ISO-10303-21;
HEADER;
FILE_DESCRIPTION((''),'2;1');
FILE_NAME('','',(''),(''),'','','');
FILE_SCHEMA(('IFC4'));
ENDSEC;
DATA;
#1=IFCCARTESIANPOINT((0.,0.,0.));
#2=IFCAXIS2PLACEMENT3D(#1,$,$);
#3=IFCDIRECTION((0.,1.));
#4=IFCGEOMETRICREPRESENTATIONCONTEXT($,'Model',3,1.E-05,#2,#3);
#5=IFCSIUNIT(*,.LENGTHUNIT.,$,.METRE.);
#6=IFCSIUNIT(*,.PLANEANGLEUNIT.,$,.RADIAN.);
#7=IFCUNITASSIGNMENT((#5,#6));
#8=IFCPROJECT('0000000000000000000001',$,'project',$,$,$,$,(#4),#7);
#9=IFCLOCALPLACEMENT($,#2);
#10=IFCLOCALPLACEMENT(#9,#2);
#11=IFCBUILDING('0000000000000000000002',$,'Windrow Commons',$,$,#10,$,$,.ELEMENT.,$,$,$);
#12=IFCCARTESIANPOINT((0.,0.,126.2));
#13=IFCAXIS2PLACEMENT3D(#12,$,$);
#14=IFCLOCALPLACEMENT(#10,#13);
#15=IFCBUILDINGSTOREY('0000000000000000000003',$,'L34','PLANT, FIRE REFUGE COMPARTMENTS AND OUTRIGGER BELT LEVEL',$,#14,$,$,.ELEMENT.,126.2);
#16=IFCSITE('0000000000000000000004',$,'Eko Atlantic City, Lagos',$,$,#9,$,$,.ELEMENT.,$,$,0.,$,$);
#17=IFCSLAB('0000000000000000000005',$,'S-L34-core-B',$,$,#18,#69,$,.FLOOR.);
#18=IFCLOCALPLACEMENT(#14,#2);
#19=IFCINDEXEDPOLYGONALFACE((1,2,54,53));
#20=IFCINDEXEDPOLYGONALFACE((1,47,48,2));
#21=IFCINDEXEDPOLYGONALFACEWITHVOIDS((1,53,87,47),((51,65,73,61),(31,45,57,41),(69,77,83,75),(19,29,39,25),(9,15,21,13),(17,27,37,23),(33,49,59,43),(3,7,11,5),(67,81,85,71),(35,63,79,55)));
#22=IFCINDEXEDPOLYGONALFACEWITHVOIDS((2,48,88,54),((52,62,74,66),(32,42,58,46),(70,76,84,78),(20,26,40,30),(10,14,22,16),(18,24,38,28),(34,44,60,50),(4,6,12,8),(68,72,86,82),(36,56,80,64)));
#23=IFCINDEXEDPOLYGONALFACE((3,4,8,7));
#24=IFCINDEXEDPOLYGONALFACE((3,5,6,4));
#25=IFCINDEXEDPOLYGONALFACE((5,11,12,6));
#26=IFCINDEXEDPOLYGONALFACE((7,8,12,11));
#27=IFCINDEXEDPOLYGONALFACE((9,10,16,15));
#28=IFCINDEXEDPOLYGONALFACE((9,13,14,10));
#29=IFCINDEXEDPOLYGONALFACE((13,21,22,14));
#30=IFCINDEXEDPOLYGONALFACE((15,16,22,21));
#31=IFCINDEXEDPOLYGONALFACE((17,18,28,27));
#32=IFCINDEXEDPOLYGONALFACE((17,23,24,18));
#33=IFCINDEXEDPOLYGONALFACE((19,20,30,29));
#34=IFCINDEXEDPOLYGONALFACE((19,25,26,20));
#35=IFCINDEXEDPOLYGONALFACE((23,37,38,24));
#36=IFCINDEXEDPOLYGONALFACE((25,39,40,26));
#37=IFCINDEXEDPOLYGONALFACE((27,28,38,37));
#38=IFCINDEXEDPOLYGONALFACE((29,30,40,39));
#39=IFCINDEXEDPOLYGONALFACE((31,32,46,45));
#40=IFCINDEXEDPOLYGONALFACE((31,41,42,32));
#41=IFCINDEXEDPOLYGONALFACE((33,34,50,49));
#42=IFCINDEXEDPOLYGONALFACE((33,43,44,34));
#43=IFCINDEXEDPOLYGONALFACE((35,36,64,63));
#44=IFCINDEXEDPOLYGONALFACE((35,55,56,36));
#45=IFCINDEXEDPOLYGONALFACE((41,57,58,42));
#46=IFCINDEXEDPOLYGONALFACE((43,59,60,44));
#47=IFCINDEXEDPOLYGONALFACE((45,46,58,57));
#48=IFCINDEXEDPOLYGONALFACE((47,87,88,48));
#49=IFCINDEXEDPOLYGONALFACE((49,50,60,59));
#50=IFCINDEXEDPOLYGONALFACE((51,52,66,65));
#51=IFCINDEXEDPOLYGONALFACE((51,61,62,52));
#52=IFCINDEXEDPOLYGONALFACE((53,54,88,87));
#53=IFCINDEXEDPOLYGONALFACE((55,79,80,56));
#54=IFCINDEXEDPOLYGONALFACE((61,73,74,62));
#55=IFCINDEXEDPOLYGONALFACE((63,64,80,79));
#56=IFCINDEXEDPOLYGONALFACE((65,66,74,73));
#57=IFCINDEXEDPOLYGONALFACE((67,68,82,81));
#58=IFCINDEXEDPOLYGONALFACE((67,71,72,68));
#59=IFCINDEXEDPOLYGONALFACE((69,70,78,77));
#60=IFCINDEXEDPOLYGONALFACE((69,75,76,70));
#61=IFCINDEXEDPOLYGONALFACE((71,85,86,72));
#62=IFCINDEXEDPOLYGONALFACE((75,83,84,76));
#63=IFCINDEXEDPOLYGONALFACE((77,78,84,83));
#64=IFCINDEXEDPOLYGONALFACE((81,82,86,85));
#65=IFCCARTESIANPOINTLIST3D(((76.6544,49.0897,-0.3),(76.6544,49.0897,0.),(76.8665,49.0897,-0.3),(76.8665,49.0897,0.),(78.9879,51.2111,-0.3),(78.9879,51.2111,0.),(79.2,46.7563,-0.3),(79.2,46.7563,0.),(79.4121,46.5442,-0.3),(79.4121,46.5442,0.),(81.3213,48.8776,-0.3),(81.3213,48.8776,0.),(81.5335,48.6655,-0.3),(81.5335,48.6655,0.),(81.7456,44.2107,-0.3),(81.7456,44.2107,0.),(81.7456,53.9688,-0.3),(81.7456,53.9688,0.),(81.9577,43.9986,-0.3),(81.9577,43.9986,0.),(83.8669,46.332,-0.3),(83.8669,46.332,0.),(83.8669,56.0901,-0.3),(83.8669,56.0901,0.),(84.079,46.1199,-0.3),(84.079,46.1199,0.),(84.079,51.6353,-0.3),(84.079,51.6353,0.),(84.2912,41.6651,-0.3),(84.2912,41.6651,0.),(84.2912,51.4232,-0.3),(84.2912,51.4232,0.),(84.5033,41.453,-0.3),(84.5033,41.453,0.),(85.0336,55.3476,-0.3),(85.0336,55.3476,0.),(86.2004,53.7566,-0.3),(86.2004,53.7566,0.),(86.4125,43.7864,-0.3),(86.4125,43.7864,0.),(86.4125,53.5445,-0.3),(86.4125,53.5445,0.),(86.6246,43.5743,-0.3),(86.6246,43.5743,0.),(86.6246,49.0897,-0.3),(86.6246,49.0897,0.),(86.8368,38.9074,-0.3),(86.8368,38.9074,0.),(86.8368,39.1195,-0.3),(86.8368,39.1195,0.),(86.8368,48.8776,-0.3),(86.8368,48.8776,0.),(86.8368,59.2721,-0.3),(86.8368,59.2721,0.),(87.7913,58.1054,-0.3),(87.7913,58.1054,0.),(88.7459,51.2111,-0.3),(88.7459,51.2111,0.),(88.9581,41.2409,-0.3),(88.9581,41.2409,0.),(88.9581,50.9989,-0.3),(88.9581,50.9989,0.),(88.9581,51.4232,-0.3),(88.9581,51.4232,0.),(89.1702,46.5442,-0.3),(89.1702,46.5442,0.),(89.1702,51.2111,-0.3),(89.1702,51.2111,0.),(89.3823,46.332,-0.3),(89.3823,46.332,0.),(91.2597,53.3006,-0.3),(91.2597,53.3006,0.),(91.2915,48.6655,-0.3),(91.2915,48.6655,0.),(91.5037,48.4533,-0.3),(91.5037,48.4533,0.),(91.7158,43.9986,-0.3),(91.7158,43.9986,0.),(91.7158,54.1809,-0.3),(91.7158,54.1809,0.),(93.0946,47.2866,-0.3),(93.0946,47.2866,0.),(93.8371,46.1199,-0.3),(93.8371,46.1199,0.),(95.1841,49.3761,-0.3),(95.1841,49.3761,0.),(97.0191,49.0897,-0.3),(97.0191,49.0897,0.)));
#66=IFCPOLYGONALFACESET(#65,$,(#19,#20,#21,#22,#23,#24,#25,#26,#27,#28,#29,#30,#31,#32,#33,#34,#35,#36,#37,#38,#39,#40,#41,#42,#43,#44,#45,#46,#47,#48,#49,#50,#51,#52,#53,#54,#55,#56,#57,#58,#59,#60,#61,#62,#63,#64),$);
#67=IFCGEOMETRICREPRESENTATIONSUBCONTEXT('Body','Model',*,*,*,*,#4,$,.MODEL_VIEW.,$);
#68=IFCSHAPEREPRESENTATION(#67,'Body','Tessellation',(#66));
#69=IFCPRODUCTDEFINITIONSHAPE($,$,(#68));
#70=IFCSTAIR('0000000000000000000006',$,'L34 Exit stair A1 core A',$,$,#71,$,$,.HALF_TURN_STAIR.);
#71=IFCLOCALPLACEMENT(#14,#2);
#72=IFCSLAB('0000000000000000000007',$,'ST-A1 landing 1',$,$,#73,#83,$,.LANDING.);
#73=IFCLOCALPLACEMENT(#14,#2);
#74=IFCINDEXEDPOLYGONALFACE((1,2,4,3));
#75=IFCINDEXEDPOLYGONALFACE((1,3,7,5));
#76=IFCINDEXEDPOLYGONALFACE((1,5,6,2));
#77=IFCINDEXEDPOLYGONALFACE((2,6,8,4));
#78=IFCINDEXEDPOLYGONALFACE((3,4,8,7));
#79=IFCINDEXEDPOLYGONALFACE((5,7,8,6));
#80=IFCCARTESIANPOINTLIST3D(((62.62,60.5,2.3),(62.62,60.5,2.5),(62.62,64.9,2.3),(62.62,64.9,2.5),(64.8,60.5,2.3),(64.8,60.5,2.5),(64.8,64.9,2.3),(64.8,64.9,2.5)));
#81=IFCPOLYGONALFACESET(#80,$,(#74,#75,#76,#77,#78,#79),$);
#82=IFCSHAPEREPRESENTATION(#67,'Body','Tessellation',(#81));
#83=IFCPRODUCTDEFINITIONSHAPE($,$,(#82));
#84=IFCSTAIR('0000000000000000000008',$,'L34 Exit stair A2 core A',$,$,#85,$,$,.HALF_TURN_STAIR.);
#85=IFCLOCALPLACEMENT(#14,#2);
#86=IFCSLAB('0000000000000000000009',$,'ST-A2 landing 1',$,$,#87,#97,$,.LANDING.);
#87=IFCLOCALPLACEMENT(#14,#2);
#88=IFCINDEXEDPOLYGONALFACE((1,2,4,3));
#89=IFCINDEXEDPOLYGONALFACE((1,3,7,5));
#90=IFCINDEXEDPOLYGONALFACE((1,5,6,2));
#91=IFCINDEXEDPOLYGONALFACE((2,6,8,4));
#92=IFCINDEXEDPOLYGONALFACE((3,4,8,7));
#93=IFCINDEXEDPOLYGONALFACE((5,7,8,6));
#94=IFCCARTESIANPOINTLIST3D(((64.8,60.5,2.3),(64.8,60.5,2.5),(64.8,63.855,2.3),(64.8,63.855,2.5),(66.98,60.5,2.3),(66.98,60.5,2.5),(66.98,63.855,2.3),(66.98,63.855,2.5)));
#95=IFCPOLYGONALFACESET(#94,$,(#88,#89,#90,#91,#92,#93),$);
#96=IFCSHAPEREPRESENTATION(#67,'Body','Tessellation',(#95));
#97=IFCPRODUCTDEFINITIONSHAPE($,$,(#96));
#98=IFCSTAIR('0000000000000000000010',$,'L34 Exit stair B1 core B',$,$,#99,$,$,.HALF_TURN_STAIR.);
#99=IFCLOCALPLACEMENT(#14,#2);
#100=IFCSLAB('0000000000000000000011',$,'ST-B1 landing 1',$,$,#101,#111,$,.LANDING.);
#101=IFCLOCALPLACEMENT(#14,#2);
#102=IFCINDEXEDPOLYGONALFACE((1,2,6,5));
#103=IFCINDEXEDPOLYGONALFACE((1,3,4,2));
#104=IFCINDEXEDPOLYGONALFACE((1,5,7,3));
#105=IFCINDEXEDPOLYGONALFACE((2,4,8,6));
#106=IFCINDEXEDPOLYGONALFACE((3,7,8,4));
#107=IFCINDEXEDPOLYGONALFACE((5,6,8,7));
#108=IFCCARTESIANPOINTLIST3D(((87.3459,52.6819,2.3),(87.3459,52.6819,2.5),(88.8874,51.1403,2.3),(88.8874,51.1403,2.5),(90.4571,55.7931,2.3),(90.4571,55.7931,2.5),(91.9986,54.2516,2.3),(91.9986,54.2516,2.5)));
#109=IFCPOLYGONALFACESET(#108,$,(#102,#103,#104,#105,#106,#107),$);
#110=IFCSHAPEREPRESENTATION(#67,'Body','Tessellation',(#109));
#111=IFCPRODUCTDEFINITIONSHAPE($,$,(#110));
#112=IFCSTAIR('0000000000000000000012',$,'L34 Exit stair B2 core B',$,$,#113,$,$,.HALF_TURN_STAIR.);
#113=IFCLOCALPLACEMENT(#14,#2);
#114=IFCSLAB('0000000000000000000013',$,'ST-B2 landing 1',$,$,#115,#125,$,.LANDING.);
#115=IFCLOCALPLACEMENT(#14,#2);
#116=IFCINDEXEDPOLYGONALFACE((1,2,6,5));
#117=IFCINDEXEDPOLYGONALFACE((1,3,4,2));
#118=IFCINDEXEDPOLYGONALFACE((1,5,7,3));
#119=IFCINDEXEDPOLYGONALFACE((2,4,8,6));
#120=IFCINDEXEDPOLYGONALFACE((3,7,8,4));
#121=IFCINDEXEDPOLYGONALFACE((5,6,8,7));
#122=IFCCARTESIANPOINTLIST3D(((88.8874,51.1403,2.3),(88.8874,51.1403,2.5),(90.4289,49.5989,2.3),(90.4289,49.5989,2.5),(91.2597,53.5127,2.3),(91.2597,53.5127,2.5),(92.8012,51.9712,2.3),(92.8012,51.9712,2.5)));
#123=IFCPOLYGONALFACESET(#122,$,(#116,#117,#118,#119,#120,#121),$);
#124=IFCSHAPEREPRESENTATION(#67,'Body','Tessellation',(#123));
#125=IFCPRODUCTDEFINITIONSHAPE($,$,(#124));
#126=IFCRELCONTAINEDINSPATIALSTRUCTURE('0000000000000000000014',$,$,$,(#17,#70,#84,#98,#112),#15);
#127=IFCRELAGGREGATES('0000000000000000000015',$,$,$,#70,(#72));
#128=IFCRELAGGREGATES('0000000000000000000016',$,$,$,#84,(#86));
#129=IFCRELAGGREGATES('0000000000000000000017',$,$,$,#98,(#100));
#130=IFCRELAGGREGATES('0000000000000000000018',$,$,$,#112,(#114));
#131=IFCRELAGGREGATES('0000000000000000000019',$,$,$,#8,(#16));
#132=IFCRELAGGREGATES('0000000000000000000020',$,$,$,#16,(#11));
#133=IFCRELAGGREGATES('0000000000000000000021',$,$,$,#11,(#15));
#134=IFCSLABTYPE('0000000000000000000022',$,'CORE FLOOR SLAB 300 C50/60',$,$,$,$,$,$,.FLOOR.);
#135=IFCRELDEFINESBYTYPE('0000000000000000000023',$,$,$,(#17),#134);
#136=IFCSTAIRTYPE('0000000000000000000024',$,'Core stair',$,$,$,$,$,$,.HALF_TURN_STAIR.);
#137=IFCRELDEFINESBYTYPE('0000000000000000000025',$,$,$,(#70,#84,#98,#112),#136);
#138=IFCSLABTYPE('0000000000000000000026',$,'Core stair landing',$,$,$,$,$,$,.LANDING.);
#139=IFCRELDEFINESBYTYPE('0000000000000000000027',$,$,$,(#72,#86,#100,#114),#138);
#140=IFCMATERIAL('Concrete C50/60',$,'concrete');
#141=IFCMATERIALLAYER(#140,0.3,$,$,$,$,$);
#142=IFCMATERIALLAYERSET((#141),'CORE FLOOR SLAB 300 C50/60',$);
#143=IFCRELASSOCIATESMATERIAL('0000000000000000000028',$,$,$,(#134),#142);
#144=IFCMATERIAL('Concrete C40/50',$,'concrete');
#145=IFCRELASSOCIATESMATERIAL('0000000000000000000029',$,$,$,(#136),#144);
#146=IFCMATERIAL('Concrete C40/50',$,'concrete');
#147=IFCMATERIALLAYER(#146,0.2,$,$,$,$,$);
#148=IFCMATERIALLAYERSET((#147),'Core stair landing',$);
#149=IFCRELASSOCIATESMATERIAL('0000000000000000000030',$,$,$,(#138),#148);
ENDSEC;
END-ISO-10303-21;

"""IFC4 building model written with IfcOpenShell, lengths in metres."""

from ifc_helpers import new_model, si_unit, direction, frame, origin, place, context, subcontext, project, spatial, polyline, outline, extrude, material, layer, layer_set, type_object, element, aggregate, save


model = new_model("IFC4")

# Units and contexts
model_context = context("Model", 3, precision=1e-05, world=origin(), true_north=direction((0.0, 1.0)))
body_context = subcontext(model_context, "Body", "Model", "MODEL_VIEW")
ifc_project = project(units=[si_unit("LENGTHUNIT", "METRE"), si_unit("PLANEANGLEUNIT", "RADIAN")], contexts=[model_context])

# Site, building, storey
site_placement = place(None, origin())
site = spatial("IfcSite", under=ifc_project, at=site_placement, Name="Eko Atlantic City, Lagos", CompositionType="ELEMENT", RefElevation=0.0)
building_placement = place(site_placement, origin())
building = spatial("IfcBuilding", under=site, at=building_placement, Name="Windrow Commons", CompositionType="ELEMENT")
storey_placement = place(building_placement, frame((0.0, 0.0, 126.2)))
storey = spatial("IfcBuildingStorey", under=building, at=storey_placement, Name="L34", Description="PLANT, FIRE REFUGE COMPARTMENTS AND OUTRIGGER BELT LEVEL", CompositionType="ELEMENT", Elevation=126.2)

# Slab, openings
ifc_material_1 = material(Name="Concrete C50/60", Category="concrete")
ifc_layer_1 = layer(ifc_material_1, 0.3)
ifc_layer_set_1 = layer_set([ifc_layer_1], Name="CORE FLOOR SLAB 300 C50/60")
slab_type_1 = type_object("IfcSlabType", Name="CORE FLOOR SLAB 300 C50/60", PredefinedType="FLOOR", material=ifc_layer_set_1)
placement_1 = place(storey_placement, frame((0.0, 0.0, -0.3)))
slab_1 = element("IfcSlab", 1, at=placement_1, inside=storey, type_object=slab_type_1, Name="S-L34-core-B", PredefinedType="FLOOR", context=body_context, shape_type="SweptSolid", body=[
    extrude(outline(polyline([(76.6544, 49.0897), (86.8368, 38.9074), (97.0191, 49.0897), (86.8368, 59.2721), (76.6544, 49.0897)]), holes=[polyline([(76.8665, 49.0897), (79.2, 46.7563), (81.3213, 48.8776), (78.9879, 51.2111), (76.8665, 49.0897)]), polyline([(79.4121, 46.5442), (81.7456, 44.2107), (83.8669, 46.332), (81.5335, 48.6655), (79.4121, 46.5442)]), polyline([(81.9577, 43.9986), (84.2912, 41.6651), (86.4125, 43.7864), (84.079, 46.1199), (81.9577, 43.9986)]), polyline([(84.5033, 41.453), (86.8368, 39.1195), (88.9581, 41.2409), (86.6246, 43.5743), (84.5033, 41.453)]), polyline([(81.7456, 53.9688), (84.079, 51.6353), (86.2004, 53.7566), (83.8669, 56.0901), (81.7456, 53.9688)]), polyline([(84.2912, 51.4232), (86.6246, 49.0897), (88.7459, 51.2111), (86.4125, 53.5445), (84.2912, 51.4232)]), polyline([(86.8368, 48.8776), (89.1702, 46.5442), (91.2915, 48.6655), (88.9581, 50.9989), (86.8368, 48.8776)]), polyline([(89.3823, 46.332), (91.7158, 43.9986), (93.8371, 46.1199), (91.5037, 48.4533), (89.3823, 46.332)]), polyline([(85.0336, 55.3476), (88.9581, 51.4232), (91.7158, 54.1809), (87.7913, 58.1054), (85.0336, 55.3476)]), polyline([(89.1702, 51.2111), (93.0946, 47.2866), (95.1841, 49.3761), (91.2597, 53.3006), (89.1702, 51.2111)])]), origin(), (0.0, 0.0, 1.0), 0.3),
])
opening_1_placement = place(placement_1, origin())
element("IfcOpeningElement", 2, at=opening_1_placement, cuts=slab_1, PredefinedType="OPENING", context=body_context, shape_type="SweptSolid", body=[
    extrude(outline(polyline([(76.8736, 49.0897), (78.9879, 51.204), (81.3142, 48.8776), (79.2, 46.7634), (76.8736, 49.0897)])), origin(), (0.0, 0.0, 1.0), 0.3),
])
opening_2_placement = place(placement_1, origin())
element("IfcOpeningElement", 3, at=opening_2_placement, cuts=slab_1, PredefinedType="OPENING", context=body_context, shape_type="SweptSolid", body=[
    extrude(outline(polyline([(79.4192, 46.5442), (81.5335, 48.6584), (83.8598, 46.332), (81.7456, 44.2178), (79.4192, 46.5442)])), origin(), (0.0, 0.0, 1.0), 0.3),
])
opening_3_placement = place(placement_1, origin())
element("IfcOpeningElement", 4, at=opening_3_placement, cuts=slab_1, PredefinedType="OPENING", context=body_context, shape_type="SweptSolid", body=[
    extrude(outline(polyline([(81.9648, 43.9986), (84.079, 46.1128), (86.4054, 43.7864), (84.2912, 41.6722), (81.9648, 43.9986)])), origin(), (0.0, 0.0, 1.0), 0.3),
])
opening_4_placement = place(placement_1, origin())
element("IfcOpeningElement", 5, at=opening_4_placement, cuts=slab_1, PredefinedType="OPENING", context=body_context, shape_type="SweptSolid", body=[
    extrude(outline(polyline([(84.5104, 41.453), (86.6246, 43.5672), (88.951, 41.2409), (86.8368, 39.1266), (84.5104, 41.453)])), origin(), (0.0, 0.0, 1.0), 0.3),
])
opening_5_placement = place(placement_1, origin())
element("IfcOpeningElement", 6, at=opening_5_placement, cuts=slab_1, PredefinedType="OPENING", context=body_context, shape_type="SweptSolid", body=[
    extrude(outline(polyline([(81.7527, 53.9688), (83.8669, 56.083), (86.1933, 53.7566), (84.079, 51.6424), (81.7527, 53.9688)])), origin(), (0.0, 0.0, 1.0), 0.3),
])
opening_6_placement = place(placement_1, origin())
element("IfcOpeningElement", 7, at=opening_6_placement, cuts=slab_1, PredefinedType="OPENING", context=body_context, shape_type="SweptSolid", body=[
    extrude(outline(polyline([(84.2983, 51.4232), (86.4125, 53.5374), (88.7388, 51.2111), (86.6246, 49.0968), (84.2983, 51.4232)])), origin(), (0.0, 0.0, 1.0), 0.3),
])
opening_7_placement = place(placement_1, origin())
element("IfcOpeningElement", 8, at=opening_7_placement, cuts=slab_1, PredefinedType="OPENING", context=body_context, shape_type="SweptSolid", body=[
    extrude(outline(polyline([(86.8439, 48.8776), (88.9581, 50.9918), (91.2844, 48.6655), (89.1702, 46.5513), (86.8439, 48.8776)])), origin(), (0.0, 0.0, 1.0), 0.3),
])
opening_8_placement = place(placement_1, origin())
element("IfcOpeningElement", 9, at=opening_8_placement, cuts=slab_1, PredefinedType="OPENING", context=body_context, shape_type="SweptSolid", body=[
    extrude(outline(polyline([(89.3894, 46.332), (91.5037, 48.4462), (93.83, 46.1199), (91.7158, 44.0057), (89.3894, 46.332)])), origin(), (0.0, 0.0, 1.0), 0.3),
])
opening_9_placement = place(placement_1, origin())
element("IfcOpeningElement", 10, at=opening_9_placement, cuts=slab_1, PredefinedType="OPENING", context=body_context, shape_type="SweptSolid", body=[
    extrude(outline(polyline([(85.0407, 55.3476), (87.7913, 58.0983), (91.7087, 54.1809), (88.9581, 51.4303), (85.0407, 55.3476)])), origin(), (0.0, 0.0, 1.0), 0.3),
])
opening_10_placement = place(placement_1, origin())
element("IfcOpeningElement", 11, at=opening_10_placement, cuts=slab_1, PredefinedType="OPENING", context=body_context, shape_type="SweptSolid", body=[
    extrude(outline(polyline([(89.1773, 51.2111), (91.2597, 53.2935), (95.177, 49.3761), (93.0946, 47.2937), (89.1773, 51.2111)])), origin(), (0.0, 0.0, 1.0), 0.3),
])

# Stairs, slabs
ifc_material_2 = material(Name="Concrete C40/50", Category="concrete")
stair_type = type_object("IfcStairType", Name="Core stair", PredefinedType="HALF_TURN_STAIR", material=ifc_material_2)
placement_2 = place(storey_placement, origin())
stair_1 = element("IfcStair", 12, at=placement_2, inside=storey, type_object=stair_type, Name="L34 Exit stair A1 core A", PredefinedType="HALF_TURN_STAIR")
ifc_material_3 = material(Name="Concrete C40/50", Category="concrete")
ifc_layer_2 = layer(ifc_material_3, 0.2)
ifc_layer_set_2 = layer_set([ifc_layer_2], Name="Core stair landing")
slab_type_2 = type_object("IfcSlabType", Name="Core stair landing", PredefinedType="LANDING", material=ifc_layer_set_2)
placement_3 = place(storey_placement, frame((0.0, 0.0, 2.3)))
slab_2 = element("IfcSlab", 13, at=placement_3, type_object=slab_type_2, Name="ST-A1 landing 1", PredefinedType="LANDING", context=body_context, shape_type="SweptSolid", body=[
    extrude(outline(polyline([(62.62, 60.5), (64.8, 60.5), (64.8, 64.9), (62.62, 64.9), (62.62, 60.5)])), origin(), (0.0, 0.0, 1.0), 0.2),
])
aggregate(stair_1, [slab_2])
stair_2 = element("IfcStair", 14, at=placement_2, inside=storey, type_object=stair_type, Name="L34 Exit stair A2 core A", PredefinedType="HALF_TURN_STAIR")
slab_3 = element("IfcSlab", 15, at=placement_3, type_object=slab_type_2, Name="ST-A2 landing 1", PredefinedType="LANDING", context=body_context, shape_type="SweptSolid", body=[
    extrude(outline(polyline([(64.8, 60.5), (66.98, 60.5), (66.98, 63.855), (64.8, 63.855), (64.8, 60.5)])), origin(), (0.0, 0.0, 1.0), 0.2),
])
aggregate(stair_2, [slab_3])
stair_3 = element("IfcStair", 16, at=placement_2, inside=storey, type_object=stair_type, Name="L34 Exit stair B1 core B", PredefinedType="HALF_TURN_STAIR")
slab_4 = element("IfcSlab", 17, at=placement_3, type_object=slab_type_2, Name="ST-B1 landing 1", PredefinedType="LANDING", context=body_context, shape_type="SweptSolid", body=[
    extrude(outline(polyline([(87.3459, 52.6819), (88.8874, 51.1403), (91.9986, 54.2516), (90.4571, 55.7931), (87.3459, 52.6819)])), origin(), (0.0, 0.0, 1.0), 0.2),
])
aggregate(stair_3, [slab_4])
stair_4 = element("IfcStair", 18, at=placement_2, inside=storey, type_object=stair_type, Name="L34 Exit stair B2 core B", PredefinedType="HALF_TURN_STAIR")
slab_5 = element("IfcSlab", 19, at=placement_3, type_object=slab_type_2, Name="ST-B2 landing 1", PredefinedType="LANDING", context=body_context, shape_type="SweptSolid", body=[
    extrude(outline(polyline([(88.8874, 51.1403), (90.4289, 49.5989), (92.8012, 51.9712), (91.2597, 53.5127), (88.8874, 51.1403)])), origin(), (0.0, 0.0, 1.0), 0.2),
])
aggregate(stair_4, [slab_5])

save(model, "model.ifc")
